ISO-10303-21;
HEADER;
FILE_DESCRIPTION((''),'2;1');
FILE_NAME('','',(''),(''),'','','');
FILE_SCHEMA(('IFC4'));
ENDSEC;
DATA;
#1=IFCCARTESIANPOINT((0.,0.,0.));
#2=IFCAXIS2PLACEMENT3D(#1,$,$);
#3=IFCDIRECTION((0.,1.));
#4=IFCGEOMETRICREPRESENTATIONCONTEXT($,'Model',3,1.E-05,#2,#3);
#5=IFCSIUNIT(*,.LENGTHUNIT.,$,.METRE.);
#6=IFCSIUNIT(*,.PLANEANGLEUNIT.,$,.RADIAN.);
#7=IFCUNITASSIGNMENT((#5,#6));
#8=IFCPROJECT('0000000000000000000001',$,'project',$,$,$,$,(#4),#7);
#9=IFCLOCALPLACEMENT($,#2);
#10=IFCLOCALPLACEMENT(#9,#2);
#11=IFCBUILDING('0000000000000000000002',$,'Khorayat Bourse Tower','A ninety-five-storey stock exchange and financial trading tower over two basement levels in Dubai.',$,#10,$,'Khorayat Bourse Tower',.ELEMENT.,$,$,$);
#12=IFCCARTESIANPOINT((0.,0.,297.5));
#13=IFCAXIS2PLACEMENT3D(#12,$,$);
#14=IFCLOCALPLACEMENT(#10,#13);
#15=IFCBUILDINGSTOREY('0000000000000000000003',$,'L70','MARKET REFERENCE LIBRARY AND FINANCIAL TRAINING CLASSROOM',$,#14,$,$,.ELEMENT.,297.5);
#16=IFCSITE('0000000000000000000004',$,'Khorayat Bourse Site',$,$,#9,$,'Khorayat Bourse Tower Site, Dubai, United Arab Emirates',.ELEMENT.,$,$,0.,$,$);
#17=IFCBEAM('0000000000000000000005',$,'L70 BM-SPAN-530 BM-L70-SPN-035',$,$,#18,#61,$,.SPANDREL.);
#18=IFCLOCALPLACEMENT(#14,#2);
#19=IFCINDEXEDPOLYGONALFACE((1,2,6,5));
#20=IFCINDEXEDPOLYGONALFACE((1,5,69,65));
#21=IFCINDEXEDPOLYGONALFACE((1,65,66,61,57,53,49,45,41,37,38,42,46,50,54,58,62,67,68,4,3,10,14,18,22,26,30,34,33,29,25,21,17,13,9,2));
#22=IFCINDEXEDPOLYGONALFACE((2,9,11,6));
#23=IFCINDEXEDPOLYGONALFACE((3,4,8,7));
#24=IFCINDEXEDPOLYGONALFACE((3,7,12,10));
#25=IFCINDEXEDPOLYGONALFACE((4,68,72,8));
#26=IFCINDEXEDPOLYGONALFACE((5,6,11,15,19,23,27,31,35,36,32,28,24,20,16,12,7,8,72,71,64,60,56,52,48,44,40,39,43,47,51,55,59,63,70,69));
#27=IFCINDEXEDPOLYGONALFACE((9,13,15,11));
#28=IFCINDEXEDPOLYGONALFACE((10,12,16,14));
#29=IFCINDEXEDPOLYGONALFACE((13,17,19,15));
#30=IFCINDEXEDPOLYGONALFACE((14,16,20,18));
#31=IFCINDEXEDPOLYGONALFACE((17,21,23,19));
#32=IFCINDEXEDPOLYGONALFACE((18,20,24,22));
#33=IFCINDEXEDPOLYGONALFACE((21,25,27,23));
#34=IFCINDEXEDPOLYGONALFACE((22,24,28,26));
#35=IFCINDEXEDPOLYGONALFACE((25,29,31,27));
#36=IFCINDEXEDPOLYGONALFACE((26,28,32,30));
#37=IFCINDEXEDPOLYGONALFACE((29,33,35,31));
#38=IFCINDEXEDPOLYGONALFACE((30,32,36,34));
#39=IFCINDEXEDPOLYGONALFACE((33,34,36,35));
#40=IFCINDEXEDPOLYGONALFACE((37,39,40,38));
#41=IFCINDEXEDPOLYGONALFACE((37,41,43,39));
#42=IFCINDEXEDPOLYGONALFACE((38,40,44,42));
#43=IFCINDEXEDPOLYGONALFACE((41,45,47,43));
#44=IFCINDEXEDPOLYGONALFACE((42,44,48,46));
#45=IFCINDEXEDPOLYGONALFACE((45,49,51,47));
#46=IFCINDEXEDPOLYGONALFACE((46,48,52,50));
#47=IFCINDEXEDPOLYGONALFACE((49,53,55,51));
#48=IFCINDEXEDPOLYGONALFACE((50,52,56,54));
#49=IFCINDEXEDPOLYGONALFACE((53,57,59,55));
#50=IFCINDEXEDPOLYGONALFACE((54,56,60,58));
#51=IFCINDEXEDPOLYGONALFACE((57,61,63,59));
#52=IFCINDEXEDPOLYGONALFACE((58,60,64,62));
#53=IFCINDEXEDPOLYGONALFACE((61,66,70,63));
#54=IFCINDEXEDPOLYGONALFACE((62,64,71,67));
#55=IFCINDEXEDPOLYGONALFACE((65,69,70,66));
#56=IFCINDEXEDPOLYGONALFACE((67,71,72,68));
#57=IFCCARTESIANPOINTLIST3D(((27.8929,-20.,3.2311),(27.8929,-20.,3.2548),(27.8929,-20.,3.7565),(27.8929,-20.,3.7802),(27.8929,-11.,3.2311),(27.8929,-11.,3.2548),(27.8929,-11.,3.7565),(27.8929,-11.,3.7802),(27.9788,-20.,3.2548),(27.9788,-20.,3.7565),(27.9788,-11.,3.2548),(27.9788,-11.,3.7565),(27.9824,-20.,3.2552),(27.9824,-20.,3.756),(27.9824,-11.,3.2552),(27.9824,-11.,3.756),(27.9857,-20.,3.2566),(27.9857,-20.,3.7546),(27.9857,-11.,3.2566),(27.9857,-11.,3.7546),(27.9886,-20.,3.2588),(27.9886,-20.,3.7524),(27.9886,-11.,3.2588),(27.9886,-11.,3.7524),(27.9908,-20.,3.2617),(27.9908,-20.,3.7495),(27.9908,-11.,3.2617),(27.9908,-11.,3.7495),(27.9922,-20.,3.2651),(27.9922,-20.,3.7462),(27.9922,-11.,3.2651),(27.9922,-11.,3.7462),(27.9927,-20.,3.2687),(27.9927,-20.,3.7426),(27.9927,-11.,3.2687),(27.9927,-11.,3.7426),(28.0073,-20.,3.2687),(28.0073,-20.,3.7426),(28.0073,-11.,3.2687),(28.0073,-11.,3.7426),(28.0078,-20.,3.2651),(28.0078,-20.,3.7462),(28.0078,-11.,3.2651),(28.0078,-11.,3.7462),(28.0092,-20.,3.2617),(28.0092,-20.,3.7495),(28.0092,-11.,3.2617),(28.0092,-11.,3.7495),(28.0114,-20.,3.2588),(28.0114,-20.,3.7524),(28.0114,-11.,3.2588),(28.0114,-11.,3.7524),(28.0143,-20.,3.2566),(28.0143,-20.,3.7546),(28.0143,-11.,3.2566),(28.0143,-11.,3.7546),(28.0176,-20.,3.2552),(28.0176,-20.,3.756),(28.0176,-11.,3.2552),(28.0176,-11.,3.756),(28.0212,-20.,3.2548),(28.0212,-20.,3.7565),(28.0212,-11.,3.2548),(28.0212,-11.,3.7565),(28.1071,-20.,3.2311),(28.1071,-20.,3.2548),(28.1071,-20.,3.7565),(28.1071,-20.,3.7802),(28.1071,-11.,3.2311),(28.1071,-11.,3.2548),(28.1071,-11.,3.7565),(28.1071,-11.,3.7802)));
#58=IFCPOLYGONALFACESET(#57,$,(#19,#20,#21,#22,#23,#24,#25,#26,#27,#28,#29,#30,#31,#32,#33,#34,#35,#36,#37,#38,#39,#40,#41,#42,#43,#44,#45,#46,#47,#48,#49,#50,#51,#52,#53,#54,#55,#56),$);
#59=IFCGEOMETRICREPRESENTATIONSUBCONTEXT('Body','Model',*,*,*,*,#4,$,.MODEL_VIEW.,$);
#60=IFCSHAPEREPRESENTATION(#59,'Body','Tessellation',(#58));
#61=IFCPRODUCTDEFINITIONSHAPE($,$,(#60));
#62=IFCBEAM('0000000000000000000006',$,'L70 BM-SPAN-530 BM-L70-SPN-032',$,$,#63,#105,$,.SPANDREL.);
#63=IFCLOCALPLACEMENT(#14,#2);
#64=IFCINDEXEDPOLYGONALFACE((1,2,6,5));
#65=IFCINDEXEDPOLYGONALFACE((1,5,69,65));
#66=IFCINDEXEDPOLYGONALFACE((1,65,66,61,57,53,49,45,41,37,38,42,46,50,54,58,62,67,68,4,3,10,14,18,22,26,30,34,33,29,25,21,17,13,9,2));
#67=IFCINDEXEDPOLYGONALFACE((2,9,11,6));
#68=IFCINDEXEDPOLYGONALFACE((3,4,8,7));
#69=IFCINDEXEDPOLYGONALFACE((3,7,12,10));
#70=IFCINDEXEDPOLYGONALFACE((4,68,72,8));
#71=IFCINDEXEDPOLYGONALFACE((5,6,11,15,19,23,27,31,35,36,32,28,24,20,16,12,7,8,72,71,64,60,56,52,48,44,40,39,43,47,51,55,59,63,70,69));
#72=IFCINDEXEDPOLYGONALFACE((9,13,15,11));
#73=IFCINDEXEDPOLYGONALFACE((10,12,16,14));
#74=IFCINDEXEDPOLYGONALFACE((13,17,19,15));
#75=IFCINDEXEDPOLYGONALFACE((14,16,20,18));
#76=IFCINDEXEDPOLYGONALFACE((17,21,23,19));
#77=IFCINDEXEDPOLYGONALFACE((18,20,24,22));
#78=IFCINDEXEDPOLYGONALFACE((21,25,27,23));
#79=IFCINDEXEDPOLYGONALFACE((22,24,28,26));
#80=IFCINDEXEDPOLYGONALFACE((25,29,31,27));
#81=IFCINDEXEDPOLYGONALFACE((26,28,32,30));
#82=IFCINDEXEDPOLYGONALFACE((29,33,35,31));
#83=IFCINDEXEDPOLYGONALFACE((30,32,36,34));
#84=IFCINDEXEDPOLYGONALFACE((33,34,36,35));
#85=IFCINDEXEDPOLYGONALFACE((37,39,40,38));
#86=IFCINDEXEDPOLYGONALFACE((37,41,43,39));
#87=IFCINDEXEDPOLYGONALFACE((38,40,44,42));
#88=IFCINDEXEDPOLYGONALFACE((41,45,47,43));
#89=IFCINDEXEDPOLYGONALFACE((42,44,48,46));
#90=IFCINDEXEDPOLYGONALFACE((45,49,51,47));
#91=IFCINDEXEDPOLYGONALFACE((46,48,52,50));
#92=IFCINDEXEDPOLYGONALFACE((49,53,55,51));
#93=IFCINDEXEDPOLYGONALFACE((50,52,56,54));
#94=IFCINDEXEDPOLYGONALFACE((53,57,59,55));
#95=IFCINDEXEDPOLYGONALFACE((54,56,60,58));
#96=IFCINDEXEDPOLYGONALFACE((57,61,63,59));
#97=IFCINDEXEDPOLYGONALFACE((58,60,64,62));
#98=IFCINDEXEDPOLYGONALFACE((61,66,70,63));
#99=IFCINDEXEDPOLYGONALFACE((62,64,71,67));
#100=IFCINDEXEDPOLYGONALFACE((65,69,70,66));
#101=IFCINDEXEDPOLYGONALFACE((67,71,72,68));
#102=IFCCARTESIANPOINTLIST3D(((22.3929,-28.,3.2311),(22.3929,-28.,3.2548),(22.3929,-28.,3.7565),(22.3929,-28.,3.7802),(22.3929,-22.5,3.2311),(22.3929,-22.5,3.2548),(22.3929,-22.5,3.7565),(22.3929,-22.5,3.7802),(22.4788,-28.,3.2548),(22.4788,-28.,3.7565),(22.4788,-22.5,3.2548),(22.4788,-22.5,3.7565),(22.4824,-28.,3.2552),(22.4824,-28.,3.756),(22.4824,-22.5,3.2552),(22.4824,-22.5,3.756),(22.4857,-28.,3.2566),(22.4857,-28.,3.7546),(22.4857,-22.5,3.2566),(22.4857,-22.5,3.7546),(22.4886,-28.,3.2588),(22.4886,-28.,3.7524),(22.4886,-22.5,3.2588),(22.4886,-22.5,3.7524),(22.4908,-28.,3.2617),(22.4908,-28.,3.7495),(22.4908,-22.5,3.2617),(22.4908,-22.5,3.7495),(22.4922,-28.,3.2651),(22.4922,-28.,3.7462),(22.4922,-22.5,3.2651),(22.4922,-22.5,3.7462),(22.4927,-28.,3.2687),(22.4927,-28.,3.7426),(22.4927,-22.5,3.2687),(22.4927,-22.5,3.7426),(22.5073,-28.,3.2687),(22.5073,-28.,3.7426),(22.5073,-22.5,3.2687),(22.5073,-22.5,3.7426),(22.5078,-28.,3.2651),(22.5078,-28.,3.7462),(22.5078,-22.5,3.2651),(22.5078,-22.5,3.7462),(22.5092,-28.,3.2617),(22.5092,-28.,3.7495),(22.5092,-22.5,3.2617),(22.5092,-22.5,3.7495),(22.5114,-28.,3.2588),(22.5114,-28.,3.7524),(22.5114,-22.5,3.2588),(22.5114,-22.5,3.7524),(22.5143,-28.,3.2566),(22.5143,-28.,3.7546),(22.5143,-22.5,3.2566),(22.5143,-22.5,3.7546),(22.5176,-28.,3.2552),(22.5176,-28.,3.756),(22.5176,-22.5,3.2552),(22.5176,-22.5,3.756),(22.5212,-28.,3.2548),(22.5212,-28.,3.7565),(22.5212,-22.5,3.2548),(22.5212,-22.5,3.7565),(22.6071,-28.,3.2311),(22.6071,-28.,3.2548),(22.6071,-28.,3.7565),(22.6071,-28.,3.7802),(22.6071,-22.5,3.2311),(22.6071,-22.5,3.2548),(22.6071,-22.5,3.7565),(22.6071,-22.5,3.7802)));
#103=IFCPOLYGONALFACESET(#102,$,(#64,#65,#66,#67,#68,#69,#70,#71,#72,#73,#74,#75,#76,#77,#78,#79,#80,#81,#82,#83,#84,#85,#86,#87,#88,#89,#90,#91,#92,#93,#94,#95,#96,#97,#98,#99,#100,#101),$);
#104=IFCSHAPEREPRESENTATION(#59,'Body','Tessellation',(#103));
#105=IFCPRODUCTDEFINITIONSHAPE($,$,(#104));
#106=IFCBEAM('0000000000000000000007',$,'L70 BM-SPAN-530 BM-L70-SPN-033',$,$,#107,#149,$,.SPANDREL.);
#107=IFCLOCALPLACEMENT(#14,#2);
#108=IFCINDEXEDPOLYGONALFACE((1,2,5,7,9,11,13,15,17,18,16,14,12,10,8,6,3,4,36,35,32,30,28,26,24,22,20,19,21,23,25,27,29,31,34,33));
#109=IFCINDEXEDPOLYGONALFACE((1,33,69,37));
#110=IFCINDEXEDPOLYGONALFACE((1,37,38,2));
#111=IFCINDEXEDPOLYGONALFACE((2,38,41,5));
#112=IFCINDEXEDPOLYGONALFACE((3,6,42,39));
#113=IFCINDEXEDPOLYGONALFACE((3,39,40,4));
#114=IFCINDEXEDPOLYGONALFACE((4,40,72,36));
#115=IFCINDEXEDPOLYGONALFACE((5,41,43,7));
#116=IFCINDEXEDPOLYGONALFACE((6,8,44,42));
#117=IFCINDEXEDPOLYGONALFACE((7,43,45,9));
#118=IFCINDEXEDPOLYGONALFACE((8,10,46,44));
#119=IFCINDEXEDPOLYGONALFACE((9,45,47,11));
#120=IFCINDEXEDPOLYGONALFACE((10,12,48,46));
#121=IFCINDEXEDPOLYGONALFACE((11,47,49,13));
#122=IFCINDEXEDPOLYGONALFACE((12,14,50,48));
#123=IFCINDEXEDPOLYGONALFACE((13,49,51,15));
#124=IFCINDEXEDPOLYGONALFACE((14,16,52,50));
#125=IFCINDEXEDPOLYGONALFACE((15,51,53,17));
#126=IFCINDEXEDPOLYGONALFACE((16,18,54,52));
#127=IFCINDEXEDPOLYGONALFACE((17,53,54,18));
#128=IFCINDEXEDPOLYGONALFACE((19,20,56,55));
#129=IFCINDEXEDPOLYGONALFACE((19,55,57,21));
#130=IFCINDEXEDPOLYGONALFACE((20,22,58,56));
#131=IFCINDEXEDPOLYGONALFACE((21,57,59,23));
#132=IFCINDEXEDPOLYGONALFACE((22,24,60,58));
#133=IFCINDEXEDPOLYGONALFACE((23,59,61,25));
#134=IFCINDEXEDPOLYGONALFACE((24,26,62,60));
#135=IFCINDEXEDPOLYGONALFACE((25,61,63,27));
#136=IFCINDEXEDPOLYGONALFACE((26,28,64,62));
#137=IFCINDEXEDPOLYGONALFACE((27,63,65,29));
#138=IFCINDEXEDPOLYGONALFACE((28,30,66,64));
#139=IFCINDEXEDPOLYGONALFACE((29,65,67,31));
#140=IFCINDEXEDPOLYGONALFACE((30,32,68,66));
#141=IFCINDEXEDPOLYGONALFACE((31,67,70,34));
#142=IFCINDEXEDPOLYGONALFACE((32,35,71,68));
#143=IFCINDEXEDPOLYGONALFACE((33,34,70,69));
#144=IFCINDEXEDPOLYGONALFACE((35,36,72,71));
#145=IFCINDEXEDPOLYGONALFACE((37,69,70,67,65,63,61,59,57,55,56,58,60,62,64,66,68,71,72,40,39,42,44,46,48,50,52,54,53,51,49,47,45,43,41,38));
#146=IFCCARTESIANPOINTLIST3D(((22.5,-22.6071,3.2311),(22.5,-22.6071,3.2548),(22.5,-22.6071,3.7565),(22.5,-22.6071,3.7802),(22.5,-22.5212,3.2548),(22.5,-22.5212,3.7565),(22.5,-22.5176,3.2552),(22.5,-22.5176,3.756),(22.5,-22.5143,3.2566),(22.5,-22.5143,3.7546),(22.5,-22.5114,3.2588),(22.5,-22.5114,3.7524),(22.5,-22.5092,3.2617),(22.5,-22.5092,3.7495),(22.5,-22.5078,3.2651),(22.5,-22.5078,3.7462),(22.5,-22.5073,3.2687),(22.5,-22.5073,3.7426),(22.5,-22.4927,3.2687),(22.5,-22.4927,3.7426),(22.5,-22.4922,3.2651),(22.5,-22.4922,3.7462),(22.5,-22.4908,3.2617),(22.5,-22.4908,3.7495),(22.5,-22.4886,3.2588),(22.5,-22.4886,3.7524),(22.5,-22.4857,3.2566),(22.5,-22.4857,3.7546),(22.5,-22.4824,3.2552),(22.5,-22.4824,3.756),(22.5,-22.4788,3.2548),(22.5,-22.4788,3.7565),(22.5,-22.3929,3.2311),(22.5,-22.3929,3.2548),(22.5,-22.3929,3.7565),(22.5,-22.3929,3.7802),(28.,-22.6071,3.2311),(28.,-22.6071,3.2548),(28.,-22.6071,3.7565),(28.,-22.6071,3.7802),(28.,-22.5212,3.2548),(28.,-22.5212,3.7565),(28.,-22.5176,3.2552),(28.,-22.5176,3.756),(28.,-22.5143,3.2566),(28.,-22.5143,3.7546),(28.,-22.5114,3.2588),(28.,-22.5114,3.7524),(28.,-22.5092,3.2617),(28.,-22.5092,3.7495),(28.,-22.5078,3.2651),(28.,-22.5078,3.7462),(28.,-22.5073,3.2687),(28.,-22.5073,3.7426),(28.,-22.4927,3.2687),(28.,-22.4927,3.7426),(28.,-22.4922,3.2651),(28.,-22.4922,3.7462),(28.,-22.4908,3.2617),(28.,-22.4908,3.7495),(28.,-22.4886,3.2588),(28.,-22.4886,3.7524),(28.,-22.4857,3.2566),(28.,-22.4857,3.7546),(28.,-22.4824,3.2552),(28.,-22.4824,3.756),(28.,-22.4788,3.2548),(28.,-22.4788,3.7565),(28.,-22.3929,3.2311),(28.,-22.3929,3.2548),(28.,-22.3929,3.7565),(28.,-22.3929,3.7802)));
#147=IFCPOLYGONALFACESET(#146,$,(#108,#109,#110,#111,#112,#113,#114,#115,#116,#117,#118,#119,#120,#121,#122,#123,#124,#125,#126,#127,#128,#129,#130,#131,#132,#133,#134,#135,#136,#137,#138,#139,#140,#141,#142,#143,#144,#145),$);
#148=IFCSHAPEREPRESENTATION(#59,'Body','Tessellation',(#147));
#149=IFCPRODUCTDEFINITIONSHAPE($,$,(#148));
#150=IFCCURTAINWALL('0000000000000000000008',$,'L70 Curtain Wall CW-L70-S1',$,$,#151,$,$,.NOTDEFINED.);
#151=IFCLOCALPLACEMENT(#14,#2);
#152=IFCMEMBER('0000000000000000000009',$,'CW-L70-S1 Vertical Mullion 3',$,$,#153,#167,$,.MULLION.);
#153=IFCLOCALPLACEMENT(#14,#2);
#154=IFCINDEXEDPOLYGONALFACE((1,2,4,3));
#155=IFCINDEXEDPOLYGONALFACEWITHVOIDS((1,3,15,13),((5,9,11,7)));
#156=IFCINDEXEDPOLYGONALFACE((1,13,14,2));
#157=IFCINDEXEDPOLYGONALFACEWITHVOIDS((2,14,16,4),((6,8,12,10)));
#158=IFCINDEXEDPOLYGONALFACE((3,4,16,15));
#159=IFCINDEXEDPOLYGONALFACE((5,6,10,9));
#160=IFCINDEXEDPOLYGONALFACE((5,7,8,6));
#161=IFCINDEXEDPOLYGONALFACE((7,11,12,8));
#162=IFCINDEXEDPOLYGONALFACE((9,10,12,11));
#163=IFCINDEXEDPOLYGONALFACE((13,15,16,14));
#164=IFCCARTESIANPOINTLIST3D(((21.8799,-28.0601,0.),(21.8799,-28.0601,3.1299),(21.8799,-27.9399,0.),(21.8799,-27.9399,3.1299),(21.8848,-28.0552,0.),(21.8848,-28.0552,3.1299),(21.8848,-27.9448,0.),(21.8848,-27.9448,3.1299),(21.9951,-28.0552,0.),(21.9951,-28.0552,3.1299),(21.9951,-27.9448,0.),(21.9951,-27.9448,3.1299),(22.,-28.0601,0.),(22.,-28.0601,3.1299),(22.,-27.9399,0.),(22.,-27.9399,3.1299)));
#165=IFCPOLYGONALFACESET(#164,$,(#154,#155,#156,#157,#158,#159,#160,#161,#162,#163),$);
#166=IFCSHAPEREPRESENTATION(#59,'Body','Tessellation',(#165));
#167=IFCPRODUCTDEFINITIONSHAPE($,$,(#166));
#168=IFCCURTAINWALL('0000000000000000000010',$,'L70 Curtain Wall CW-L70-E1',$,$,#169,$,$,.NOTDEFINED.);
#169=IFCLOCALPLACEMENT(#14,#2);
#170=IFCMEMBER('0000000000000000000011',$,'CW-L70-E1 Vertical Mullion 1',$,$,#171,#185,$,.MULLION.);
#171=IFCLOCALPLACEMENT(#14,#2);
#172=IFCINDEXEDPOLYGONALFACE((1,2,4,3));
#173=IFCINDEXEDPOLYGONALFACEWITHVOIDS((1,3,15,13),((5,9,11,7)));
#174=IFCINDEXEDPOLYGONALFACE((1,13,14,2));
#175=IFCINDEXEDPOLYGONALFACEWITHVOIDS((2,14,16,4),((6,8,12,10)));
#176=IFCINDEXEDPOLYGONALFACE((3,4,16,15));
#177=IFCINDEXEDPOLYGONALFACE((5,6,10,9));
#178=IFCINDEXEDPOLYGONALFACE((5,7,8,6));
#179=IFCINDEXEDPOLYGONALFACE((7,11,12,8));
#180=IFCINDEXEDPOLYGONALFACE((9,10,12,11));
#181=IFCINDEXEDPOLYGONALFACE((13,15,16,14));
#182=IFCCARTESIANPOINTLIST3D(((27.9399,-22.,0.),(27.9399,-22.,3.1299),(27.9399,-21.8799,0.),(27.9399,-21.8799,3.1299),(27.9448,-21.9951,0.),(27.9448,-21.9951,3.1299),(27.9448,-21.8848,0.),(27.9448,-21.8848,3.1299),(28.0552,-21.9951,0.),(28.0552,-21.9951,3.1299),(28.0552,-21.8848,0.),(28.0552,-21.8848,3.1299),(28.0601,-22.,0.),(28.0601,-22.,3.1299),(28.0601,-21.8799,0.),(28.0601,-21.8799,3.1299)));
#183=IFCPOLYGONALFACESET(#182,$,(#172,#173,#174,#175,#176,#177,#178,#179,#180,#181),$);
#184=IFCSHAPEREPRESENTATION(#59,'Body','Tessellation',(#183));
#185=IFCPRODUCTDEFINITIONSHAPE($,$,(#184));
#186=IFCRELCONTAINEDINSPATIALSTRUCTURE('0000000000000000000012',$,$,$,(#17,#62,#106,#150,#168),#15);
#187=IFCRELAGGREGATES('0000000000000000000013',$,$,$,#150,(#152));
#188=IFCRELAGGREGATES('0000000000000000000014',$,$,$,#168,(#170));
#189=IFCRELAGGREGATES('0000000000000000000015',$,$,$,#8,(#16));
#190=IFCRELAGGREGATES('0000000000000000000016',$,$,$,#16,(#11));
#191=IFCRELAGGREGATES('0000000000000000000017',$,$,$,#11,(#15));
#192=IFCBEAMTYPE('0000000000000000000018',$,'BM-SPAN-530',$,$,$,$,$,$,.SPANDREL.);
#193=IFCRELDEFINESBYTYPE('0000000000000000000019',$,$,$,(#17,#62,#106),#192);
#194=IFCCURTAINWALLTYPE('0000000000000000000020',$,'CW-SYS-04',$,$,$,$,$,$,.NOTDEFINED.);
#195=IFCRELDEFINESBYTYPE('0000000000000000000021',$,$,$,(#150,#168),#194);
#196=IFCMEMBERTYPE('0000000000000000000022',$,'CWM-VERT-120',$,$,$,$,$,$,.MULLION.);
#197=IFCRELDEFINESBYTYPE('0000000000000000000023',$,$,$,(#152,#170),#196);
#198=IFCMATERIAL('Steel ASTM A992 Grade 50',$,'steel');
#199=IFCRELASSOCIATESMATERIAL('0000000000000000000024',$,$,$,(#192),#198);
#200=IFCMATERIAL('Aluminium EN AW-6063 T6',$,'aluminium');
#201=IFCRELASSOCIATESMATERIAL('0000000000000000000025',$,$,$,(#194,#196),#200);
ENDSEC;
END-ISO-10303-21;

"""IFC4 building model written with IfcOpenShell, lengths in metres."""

from ifc_helpers import new_model, si_unit, direction, frame, origin, origin_2d, place, context, subcontext, project, spatial, hollow_rectangle, i_section, extrude, source, transform, mapped, material, material_profile, profile_set, type_object, element, aggregate, save


model = new_model("IFC4")

# Units and contexts
model_context = context("Model", 3, precision=1e-05, world=origin(), true_north=direction((0.0, 1.0)))
body_context = subcontext(model_context, "Body", "Model", "MODEL_VIEW")
ifc_project = project(units=[si_unit("LENGTHUNIT", "METRE"), si_unit("PLANEANGLEUNIT", "RADIAN")], contexts=[model_context])

# Site, building, storey
site_placement = place(None, origin())
site = spatial("IfcSite", under=ifc_project, at=site_placement, Name="Khorayat Bourse Site", LongName="Khorayat Bourse Tower Site, Dubai, United Arab Emirates", CompositionType="ELEMENT", RefElevation=0.0)
building_placement = place(site_placement, origin())
building = spatial("IfcBuilding", under=site, at=building_placement, Name="Khorayat Bourse Tower", Description="A ninety-five-storey stock exchange and financial trading tower over two basement levels in Dubai.", LongName="Khorayat Bourse Tower", CompositionType="ELEMENT")
storey_placement = place(building_placement, frame((0.0, 0.0, 297.5)))
storey = spatial("IfcBuildingStorey", under=building, at=storey_placement, Name="L70", Description="MARKET REFERENCE LIBRARY AND FINANCIAL TRAINING CLASSROOM", CompositionType="ELEMENT", Elevation=297.5)

# Beams
ifc_material_1 = material(Name="Steel ASTM A992 Grade 50", Category="steel")
ifc_material_profile_1 = material_profile(ifc_material_1, i_section(OverallWidth=0.2141, OverallDepth=0.5491, WebThickness=0.0146, FlangeThickness=0.0237, FilletRadius=0.0139, at=origin_2d()), Name="W530X138")
ifc_profile_set_1 = profile_set([ifc_material_profile_1], Name="Steel ASTM A992 Grade 50")
beam_type_1 = type_object("IfcBeamType", Name="BM-SPAN-530", PredefinedType="SPANDREL", material=ifc_profile_set_1)
shared_shape_1 = source(origin(), body_context, "Body", "SweptSolid", [
    extrude(i_section(OverallWidth=0.2141, OverallDepth=0.5491, WebThickness=0.0146, FlangeThickness=0.0237, FilletRadius=0.0139, at=origin_2d()), origin(), (0.0, 0.0, 1.0), 9.0),
])
beam_1_placement = place(storey_placement, frame((28.0, -20.0, 3.5056), z_axis=(0.0, 1.0, 0.0), x_axis=(-1.0, 0.0, 0.0)))
element("IfcBeam", 1, at=beam_1_placement, inside=storey, type_object=beam_type_1, Name="L70 BM-SPAN-530 BM-L70-SPN-035", PredefinedType="SPANDREL", context=body_context, shape_type="MappedRepresentation", body=[
    mapped(shared_shape_1, transform((0.0, 0.0, 0.0), scale=1.0)),
])
shared_shape_2 = source(origin(), body_context, "Body", "SweptSolid", [
    extrude(i_section(OverallWidth=0.2141, OverallDepth=0.5491, WebThickness=0.0146, FlangeThickness=0.0237, FilletRadius=0.0139, at=origin_2d()), origin(), (0.0, 0.0, 1.0), 5.5),
])
for number, where, z_axis, x_axis, name in (
    (2, (22.5, -28.0, 3.5056), (0.0, 1.0, 0.0), (-1.0, 0.0, 0.0), "L70 BM-SPAN-530 BM-L70-SPN-032"),
    (3, (22.5, -22.5, 3.5056), (1.0, 0.0, 0.0), (0.0, 1.0, 0.0), "L70 BM-SPAN-530 BM-L70-SPN-033"),
):
    element("IfcBeam", number, at=place(storey_placement, frame(where, z_axis=z_axis, x_axis=x_axis)), inside=storey, type_object=beam_type_1, Name=name, PredefinedType="SPANDREL", context=body_context, shape_type="MappedRepresentation", body=[
        mapped(shared_shape_2, transform((0.0, 0.0, 0.0), scale=1.0)),
    ])

# Curtain walls, members
ifc_material_2 = material(Name="Aluminium EN AW-6063 T6", Category="aluminium")
curtain_wall_type = type_object("IfcCurtainWallType", Name="CW-SYS-04", PredefinedType="NOTDEFINED", material=ifc_material_2)
curtain_wall_1_placement = place(storey_placement, origin())
curtain_wall_1 = element("IfcCurtainWall", 4, at=curtain_wall_1_placement, inside=storey, type_object=curtain_wall_type, Name="L70 Curtain Wall CW-L70-S1", PredefinedType="NOTDEFINED")
ifc_material_profile_2 = material_profile(ifc_material_2, hollow_rectangle(XDim=0.1201, YDim=0.1201, WallThickness=0.0049, at=origin_2d()), Name="ALU 120x120x5")
ifc_profile_set_2 = profile_set([ifc_material_profile_2], Name="Aluminium EN AW-6063 T6")
member_type_1 = type_object("IfcMemberType", Name="CWM-VERT-120", PredefinedType="MULLION", material=ifc_profile_set_2)
shared_shape_3 = source(origin(), body_context, "Body", "SweptSolid", [
    extrude(hollow_rectangle(XDim=0.1201, YDim=0.1201, WallThickness=0.0049, at=origin_2d()), origin(), (0.0, 0.0, 1.0), 3.1299),
])
member_1_placement = place(storey_placement, frame((21.9399, -28.0, 0.0), z_axis=(0.0, 0.0, 1.0), x_axis=(0.0, 1.0, 0.0)))
member_1 = element("IfcMember", 5, at=member_1_placement, type_object=member_type_1, Name="CW-L70-S1 Vertical Mullion 3", PredefinedType="MULLION", context=body_context, shape_type="MappedRepresentation", body=[
    mapped(shared_shape_3, transform((0.0, 0.0, 0.0), scale=1.0)),
])
curtain_wall_2_placement = place(storey_placement, origin())
curtain_wall_2 = element("IfcCurtainWall", 6, at=curtain_wall_2_placement, inside=storey, type_object=curtain_wall_type, Name="L70 Curtain Wall CW-L70-E1", PredefinedType="NOTDEFINED")
member_2_placement = place(storey_placement, frame((28.0, -21.9399, 0.0), z_axis=(0.0, 0.0, 1.0), x_axis=(-1.0, 0.0, 0.0)))
member_2 = element("IfcMember", 7, at=member_2_placement, type_object=member_type_1, Name="CW-L70-E1 Vertical Mullion 1", PredefinedType="MULLION", context=body_context, shape_type="MappedRepresentation", body=[
    mapped(shared_shape_3, transform((0.0, 0.0, 0.0), scale=1.0)),
])

aggregate(curtain_wall_1, [member_1])
aggregate(curtain_wall_2, [member_2])

save(model, "model.ifc")
